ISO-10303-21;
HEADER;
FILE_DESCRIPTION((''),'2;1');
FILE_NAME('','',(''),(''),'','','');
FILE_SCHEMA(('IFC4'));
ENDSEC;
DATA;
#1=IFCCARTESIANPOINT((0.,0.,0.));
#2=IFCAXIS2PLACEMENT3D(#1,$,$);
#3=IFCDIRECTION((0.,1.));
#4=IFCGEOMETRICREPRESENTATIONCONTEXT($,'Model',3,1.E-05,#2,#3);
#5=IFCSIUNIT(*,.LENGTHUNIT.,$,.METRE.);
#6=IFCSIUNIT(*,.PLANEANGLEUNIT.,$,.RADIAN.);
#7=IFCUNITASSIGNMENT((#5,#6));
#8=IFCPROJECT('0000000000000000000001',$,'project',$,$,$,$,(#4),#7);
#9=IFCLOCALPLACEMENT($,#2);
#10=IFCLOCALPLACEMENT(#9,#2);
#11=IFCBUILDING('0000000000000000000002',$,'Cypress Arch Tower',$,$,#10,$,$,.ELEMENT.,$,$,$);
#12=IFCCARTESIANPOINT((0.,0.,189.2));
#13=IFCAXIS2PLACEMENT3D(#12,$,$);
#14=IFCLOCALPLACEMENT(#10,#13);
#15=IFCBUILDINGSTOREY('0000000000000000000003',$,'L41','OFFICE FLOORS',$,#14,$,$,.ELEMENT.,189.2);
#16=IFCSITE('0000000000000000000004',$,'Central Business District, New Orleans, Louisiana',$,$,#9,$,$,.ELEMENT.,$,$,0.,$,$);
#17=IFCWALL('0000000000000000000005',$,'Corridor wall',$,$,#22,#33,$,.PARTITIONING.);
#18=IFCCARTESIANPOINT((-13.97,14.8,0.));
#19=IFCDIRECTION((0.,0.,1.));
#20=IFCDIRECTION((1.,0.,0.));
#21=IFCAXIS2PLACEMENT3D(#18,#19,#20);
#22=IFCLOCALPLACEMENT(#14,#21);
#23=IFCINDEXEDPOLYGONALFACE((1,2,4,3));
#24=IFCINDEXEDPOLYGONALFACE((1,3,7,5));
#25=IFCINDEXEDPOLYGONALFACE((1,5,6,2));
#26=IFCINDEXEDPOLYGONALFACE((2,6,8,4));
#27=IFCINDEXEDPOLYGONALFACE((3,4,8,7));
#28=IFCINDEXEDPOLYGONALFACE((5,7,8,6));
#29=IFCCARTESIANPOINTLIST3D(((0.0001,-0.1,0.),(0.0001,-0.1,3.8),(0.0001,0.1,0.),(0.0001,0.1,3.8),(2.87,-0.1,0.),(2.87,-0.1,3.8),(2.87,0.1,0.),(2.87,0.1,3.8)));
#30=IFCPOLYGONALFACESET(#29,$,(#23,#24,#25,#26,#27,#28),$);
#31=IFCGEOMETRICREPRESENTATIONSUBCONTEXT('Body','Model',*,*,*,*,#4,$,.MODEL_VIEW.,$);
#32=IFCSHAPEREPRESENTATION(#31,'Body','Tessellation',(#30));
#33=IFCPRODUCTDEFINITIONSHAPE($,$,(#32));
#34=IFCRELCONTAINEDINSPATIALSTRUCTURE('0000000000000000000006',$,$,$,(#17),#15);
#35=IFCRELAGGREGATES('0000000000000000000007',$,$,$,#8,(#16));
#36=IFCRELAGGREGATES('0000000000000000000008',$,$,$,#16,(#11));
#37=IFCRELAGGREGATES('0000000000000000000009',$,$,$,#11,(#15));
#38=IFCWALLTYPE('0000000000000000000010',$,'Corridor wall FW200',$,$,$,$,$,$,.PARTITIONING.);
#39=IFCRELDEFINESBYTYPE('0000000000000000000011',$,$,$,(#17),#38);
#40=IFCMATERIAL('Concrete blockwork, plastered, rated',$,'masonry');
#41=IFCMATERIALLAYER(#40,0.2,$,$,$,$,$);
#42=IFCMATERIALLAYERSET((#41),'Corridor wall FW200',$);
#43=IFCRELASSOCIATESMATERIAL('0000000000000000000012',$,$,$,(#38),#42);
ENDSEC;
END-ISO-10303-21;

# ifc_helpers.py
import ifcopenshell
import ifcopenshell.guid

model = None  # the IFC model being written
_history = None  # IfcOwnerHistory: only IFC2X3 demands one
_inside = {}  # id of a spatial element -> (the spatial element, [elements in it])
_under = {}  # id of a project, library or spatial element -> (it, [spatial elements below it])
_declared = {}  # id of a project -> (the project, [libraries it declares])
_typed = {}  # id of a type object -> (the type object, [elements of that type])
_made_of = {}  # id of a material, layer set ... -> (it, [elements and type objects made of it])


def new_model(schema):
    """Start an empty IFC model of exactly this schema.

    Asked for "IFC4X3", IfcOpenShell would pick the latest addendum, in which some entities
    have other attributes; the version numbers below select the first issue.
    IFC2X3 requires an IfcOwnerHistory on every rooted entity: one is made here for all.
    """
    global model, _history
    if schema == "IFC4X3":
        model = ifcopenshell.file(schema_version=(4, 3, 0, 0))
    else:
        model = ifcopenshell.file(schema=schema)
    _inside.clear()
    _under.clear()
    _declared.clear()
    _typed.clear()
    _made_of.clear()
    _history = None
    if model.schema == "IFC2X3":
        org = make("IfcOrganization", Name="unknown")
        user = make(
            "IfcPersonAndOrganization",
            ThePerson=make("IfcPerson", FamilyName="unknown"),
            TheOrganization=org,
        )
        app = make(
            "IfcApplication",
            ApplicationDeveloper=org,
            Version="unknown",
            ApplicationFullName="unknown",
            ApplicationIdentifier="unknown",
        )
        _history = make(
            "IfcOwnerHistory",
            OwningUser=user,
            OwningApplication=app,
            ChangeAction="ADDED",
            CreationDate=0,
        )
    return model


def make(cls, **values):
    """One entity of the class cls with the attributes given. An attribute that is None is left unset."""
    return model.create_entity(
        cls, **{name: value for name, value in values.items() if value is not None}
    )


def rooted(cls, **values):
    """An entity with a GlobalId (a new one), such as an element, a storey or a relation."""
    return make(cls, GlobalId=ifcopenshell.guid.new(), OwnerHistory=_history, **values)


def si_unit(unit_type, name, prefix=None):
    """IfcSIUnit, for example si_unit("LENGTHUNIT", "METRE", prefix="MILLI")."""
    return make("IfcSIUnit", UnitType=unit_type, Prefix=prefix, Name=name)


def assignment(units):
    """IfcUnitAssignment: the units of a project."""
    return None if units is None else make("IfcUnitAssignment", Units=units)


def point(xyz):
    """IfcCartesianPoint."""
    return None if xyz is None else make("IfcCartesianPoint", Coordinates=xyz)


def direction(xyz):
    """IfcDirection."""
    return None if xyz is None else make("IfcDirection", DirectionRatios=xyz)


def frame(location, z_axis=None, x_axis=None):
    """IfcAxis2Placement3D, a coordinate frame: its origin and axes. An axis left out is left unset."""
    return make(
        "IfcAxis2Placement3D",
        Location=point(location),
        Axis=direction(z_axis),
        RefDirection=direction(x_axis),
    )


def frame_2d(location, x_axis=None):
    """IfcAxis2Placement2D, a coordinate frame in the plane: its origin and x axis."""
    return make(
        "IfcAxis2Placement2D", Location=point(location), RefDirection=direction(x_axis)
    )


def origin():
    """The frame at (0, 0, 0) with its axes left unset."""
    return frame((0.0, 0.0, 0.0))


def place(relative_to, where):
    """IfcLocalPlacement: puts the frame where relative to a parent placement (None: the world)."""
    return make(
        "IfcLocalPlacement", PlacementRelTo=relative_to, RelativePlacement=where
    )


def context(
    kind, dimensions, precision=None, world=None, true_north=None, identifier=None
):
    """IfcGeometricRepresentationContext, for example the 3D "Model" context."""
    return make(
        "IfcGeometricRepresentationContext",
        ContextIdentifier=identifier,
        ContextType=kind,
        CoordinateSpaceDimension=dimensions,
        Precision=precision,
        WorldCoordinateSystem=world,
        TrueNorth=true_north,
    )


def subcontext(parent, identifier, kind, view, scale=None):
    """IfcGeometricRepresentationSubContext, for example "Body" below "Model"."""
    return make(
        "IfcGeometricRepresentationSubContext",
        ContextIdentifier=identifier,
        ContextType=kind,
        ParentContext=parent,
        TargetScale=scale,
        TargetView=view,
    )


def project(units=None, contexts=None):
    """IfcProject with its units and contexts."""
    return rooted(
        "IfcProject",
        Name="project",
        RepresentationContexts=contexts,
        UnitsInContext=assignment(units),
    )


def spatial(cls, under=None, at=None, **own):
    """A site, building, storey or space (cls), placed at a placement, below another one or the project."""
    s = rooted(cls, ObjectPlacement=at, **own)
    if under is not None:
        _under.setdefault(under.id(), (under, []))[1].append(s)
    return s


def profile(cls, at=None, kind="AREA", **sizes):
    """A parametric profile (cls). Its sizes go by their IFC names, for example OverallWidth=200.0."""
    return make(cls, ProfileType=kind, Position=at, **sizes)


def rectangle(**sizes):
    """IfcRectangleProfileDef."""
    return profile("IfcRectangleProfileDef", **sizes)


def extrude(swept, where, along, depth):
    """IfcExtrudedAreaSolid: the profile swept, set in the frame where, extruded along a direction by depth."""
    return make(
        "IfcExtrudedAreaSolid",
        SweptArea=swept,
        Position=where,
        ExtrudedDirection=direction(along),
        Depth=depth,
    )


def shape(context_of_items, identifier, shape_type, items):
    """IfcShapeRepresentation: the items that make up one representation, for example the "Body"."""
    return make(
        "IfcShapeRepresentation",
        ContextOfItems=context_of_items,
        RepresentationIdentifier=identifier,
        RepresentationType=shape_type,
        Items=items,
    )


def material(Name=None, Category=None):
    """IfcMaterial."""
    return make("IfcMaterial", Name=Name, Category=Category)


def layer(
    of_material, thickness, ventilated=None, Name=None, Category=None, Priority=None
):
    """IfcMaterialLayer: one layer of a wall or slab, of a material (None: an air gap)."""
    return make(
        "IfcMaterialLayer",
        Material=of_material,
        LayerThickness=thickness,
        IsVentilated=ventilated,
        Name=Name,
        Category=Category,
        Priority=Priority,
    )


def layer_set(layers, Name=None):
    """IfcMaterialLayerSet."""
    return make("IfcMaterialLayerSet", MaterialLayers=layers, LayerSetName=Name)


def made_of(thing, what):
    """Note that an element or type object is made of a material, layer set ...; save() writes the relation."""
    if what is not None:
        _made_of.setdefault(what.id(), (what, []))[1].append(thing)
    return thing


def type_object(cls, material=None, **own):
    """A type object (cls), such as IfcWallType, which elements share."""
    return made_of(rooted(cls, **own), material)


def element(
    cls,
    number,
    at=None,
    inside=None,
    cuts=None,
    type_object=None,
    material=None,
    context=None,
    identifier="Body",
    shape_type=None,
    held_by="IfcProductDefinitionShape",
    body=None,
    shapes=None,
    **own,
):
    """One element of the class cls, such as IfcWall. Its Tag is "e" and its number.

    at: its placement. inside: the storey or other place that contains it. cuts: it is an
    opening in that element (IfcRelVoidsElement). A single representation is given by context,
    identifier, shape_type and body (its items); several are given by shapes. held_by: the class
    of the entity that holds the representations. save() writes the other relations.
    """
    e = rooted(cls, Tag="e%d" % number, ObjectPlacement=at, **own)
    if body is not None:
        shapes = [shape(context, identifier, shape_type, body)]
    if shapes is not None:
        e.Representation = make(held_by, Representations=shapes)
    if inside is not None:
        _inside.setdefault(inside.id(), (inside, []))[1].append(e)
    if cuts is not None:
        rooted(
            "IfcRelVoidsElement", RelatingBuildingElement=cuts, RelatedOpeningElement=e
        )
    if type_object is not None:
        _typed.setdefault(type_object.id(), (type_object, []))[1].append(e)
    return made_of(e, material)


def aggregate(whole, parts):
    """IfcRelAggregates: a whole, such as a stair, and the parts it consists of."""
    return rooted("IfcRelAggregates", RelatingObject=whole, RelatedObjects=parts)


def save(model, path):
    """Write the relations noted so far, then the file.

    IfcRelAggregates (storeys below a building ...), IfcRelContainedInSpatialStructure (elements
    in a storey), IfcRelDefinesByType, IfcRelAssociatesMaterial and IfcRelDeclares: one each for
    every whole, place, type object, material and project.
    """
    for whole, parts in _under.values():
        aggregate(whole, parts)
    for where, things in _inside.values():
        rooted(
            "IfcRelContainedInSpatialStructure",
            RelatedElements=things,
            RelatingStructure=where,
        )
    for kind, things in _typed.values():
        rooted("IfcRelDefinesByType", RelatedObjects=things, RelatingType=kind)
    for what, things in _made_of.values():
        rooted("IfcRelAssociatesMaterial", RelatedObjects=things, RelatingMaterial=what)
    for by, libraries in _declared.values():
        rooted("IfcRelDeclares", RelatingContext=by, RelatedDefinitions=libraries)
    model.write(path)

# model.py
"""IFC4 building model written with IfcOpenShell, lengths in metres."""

from ifc_helpers import new_model, si_unit, direction, frame, frame_2d, origin, place, context, subcontext, project, spatial, rectangle, extrude, material, layer, layer_set, type_object, element, save


model = new_model("IFC4")

# Units and contexts
model_context = context("Model", 3, precision=1e-05, world=origin(), true_north=direction((0.0, 1.0)))
body_context = subcontext(model_context, "Body", "Model", "MODEL_VIEW")
ifc_project = project(units=[si_unit("LENGTHUNIT", "METRE"), si_unit("PLANEANGLEUNIT", "RADIAN")], contexts=[model_context])

# Site, building, storey
site_placement = place(None, origin())
site = spatial("IfcSite", under=ifc_project, at=site_placement, Name="Central Business District, New Orleans, Louisiana", CompositionType="ELEMENT", RefElevation=0.0)
building_placement = place(site_placement, origin())
building = spatial("IfcBuilding", under=site, at=building_placement, Name="Cypress Arch Tower", CompositionType="ELEMENT")
storey_placement = place(building_placement, frame((0.0, 0.0, 189.2)))
storey = spatial("IfcBuildingStorey", under=building, at=storey_placement, Name="L41", Description="OFFICE FLOORS", CompositionType="ELEMENT", Elevation=189.2)

# Wall
ifc_material_1 = material(Name="Concrete blockwork, plastered, rated", Category="masonry")
ifc_layer_1 = layer(ifc_material_1, 0.2)
ifc_layer_set_1 = layer_set([ifc_layer_1], Name="Corridor wall FW200")
wall_type_1 = type_object("IfcWallType", Name="Corridor wall FW200", PredefinedType="PARTITIONING", material=ifc_layer_set_1)
wall_1_placement = place(storey_placement, frame((-13.97, 14.8, 0.0), z_axis=(0.0, 0.0, 1.0), x_axis=(1.0, 0.0, 0.0)))
element("IfcWall", 1, at=wall_1_placement, inside=storey, type_object=wall_type_1, Name="Corridor wall", PredefinedType="PARTITIONING", context=body_context, shape_type="SweptSolid", body=[
    extrude(rectangle(XDim=2.8699, YDim=0.2, at=frame_2d((1.4351, 0.0))), origin(), (0.0, 0.0, 1.0), 3.8),
])

save(model, "model.ifc")
